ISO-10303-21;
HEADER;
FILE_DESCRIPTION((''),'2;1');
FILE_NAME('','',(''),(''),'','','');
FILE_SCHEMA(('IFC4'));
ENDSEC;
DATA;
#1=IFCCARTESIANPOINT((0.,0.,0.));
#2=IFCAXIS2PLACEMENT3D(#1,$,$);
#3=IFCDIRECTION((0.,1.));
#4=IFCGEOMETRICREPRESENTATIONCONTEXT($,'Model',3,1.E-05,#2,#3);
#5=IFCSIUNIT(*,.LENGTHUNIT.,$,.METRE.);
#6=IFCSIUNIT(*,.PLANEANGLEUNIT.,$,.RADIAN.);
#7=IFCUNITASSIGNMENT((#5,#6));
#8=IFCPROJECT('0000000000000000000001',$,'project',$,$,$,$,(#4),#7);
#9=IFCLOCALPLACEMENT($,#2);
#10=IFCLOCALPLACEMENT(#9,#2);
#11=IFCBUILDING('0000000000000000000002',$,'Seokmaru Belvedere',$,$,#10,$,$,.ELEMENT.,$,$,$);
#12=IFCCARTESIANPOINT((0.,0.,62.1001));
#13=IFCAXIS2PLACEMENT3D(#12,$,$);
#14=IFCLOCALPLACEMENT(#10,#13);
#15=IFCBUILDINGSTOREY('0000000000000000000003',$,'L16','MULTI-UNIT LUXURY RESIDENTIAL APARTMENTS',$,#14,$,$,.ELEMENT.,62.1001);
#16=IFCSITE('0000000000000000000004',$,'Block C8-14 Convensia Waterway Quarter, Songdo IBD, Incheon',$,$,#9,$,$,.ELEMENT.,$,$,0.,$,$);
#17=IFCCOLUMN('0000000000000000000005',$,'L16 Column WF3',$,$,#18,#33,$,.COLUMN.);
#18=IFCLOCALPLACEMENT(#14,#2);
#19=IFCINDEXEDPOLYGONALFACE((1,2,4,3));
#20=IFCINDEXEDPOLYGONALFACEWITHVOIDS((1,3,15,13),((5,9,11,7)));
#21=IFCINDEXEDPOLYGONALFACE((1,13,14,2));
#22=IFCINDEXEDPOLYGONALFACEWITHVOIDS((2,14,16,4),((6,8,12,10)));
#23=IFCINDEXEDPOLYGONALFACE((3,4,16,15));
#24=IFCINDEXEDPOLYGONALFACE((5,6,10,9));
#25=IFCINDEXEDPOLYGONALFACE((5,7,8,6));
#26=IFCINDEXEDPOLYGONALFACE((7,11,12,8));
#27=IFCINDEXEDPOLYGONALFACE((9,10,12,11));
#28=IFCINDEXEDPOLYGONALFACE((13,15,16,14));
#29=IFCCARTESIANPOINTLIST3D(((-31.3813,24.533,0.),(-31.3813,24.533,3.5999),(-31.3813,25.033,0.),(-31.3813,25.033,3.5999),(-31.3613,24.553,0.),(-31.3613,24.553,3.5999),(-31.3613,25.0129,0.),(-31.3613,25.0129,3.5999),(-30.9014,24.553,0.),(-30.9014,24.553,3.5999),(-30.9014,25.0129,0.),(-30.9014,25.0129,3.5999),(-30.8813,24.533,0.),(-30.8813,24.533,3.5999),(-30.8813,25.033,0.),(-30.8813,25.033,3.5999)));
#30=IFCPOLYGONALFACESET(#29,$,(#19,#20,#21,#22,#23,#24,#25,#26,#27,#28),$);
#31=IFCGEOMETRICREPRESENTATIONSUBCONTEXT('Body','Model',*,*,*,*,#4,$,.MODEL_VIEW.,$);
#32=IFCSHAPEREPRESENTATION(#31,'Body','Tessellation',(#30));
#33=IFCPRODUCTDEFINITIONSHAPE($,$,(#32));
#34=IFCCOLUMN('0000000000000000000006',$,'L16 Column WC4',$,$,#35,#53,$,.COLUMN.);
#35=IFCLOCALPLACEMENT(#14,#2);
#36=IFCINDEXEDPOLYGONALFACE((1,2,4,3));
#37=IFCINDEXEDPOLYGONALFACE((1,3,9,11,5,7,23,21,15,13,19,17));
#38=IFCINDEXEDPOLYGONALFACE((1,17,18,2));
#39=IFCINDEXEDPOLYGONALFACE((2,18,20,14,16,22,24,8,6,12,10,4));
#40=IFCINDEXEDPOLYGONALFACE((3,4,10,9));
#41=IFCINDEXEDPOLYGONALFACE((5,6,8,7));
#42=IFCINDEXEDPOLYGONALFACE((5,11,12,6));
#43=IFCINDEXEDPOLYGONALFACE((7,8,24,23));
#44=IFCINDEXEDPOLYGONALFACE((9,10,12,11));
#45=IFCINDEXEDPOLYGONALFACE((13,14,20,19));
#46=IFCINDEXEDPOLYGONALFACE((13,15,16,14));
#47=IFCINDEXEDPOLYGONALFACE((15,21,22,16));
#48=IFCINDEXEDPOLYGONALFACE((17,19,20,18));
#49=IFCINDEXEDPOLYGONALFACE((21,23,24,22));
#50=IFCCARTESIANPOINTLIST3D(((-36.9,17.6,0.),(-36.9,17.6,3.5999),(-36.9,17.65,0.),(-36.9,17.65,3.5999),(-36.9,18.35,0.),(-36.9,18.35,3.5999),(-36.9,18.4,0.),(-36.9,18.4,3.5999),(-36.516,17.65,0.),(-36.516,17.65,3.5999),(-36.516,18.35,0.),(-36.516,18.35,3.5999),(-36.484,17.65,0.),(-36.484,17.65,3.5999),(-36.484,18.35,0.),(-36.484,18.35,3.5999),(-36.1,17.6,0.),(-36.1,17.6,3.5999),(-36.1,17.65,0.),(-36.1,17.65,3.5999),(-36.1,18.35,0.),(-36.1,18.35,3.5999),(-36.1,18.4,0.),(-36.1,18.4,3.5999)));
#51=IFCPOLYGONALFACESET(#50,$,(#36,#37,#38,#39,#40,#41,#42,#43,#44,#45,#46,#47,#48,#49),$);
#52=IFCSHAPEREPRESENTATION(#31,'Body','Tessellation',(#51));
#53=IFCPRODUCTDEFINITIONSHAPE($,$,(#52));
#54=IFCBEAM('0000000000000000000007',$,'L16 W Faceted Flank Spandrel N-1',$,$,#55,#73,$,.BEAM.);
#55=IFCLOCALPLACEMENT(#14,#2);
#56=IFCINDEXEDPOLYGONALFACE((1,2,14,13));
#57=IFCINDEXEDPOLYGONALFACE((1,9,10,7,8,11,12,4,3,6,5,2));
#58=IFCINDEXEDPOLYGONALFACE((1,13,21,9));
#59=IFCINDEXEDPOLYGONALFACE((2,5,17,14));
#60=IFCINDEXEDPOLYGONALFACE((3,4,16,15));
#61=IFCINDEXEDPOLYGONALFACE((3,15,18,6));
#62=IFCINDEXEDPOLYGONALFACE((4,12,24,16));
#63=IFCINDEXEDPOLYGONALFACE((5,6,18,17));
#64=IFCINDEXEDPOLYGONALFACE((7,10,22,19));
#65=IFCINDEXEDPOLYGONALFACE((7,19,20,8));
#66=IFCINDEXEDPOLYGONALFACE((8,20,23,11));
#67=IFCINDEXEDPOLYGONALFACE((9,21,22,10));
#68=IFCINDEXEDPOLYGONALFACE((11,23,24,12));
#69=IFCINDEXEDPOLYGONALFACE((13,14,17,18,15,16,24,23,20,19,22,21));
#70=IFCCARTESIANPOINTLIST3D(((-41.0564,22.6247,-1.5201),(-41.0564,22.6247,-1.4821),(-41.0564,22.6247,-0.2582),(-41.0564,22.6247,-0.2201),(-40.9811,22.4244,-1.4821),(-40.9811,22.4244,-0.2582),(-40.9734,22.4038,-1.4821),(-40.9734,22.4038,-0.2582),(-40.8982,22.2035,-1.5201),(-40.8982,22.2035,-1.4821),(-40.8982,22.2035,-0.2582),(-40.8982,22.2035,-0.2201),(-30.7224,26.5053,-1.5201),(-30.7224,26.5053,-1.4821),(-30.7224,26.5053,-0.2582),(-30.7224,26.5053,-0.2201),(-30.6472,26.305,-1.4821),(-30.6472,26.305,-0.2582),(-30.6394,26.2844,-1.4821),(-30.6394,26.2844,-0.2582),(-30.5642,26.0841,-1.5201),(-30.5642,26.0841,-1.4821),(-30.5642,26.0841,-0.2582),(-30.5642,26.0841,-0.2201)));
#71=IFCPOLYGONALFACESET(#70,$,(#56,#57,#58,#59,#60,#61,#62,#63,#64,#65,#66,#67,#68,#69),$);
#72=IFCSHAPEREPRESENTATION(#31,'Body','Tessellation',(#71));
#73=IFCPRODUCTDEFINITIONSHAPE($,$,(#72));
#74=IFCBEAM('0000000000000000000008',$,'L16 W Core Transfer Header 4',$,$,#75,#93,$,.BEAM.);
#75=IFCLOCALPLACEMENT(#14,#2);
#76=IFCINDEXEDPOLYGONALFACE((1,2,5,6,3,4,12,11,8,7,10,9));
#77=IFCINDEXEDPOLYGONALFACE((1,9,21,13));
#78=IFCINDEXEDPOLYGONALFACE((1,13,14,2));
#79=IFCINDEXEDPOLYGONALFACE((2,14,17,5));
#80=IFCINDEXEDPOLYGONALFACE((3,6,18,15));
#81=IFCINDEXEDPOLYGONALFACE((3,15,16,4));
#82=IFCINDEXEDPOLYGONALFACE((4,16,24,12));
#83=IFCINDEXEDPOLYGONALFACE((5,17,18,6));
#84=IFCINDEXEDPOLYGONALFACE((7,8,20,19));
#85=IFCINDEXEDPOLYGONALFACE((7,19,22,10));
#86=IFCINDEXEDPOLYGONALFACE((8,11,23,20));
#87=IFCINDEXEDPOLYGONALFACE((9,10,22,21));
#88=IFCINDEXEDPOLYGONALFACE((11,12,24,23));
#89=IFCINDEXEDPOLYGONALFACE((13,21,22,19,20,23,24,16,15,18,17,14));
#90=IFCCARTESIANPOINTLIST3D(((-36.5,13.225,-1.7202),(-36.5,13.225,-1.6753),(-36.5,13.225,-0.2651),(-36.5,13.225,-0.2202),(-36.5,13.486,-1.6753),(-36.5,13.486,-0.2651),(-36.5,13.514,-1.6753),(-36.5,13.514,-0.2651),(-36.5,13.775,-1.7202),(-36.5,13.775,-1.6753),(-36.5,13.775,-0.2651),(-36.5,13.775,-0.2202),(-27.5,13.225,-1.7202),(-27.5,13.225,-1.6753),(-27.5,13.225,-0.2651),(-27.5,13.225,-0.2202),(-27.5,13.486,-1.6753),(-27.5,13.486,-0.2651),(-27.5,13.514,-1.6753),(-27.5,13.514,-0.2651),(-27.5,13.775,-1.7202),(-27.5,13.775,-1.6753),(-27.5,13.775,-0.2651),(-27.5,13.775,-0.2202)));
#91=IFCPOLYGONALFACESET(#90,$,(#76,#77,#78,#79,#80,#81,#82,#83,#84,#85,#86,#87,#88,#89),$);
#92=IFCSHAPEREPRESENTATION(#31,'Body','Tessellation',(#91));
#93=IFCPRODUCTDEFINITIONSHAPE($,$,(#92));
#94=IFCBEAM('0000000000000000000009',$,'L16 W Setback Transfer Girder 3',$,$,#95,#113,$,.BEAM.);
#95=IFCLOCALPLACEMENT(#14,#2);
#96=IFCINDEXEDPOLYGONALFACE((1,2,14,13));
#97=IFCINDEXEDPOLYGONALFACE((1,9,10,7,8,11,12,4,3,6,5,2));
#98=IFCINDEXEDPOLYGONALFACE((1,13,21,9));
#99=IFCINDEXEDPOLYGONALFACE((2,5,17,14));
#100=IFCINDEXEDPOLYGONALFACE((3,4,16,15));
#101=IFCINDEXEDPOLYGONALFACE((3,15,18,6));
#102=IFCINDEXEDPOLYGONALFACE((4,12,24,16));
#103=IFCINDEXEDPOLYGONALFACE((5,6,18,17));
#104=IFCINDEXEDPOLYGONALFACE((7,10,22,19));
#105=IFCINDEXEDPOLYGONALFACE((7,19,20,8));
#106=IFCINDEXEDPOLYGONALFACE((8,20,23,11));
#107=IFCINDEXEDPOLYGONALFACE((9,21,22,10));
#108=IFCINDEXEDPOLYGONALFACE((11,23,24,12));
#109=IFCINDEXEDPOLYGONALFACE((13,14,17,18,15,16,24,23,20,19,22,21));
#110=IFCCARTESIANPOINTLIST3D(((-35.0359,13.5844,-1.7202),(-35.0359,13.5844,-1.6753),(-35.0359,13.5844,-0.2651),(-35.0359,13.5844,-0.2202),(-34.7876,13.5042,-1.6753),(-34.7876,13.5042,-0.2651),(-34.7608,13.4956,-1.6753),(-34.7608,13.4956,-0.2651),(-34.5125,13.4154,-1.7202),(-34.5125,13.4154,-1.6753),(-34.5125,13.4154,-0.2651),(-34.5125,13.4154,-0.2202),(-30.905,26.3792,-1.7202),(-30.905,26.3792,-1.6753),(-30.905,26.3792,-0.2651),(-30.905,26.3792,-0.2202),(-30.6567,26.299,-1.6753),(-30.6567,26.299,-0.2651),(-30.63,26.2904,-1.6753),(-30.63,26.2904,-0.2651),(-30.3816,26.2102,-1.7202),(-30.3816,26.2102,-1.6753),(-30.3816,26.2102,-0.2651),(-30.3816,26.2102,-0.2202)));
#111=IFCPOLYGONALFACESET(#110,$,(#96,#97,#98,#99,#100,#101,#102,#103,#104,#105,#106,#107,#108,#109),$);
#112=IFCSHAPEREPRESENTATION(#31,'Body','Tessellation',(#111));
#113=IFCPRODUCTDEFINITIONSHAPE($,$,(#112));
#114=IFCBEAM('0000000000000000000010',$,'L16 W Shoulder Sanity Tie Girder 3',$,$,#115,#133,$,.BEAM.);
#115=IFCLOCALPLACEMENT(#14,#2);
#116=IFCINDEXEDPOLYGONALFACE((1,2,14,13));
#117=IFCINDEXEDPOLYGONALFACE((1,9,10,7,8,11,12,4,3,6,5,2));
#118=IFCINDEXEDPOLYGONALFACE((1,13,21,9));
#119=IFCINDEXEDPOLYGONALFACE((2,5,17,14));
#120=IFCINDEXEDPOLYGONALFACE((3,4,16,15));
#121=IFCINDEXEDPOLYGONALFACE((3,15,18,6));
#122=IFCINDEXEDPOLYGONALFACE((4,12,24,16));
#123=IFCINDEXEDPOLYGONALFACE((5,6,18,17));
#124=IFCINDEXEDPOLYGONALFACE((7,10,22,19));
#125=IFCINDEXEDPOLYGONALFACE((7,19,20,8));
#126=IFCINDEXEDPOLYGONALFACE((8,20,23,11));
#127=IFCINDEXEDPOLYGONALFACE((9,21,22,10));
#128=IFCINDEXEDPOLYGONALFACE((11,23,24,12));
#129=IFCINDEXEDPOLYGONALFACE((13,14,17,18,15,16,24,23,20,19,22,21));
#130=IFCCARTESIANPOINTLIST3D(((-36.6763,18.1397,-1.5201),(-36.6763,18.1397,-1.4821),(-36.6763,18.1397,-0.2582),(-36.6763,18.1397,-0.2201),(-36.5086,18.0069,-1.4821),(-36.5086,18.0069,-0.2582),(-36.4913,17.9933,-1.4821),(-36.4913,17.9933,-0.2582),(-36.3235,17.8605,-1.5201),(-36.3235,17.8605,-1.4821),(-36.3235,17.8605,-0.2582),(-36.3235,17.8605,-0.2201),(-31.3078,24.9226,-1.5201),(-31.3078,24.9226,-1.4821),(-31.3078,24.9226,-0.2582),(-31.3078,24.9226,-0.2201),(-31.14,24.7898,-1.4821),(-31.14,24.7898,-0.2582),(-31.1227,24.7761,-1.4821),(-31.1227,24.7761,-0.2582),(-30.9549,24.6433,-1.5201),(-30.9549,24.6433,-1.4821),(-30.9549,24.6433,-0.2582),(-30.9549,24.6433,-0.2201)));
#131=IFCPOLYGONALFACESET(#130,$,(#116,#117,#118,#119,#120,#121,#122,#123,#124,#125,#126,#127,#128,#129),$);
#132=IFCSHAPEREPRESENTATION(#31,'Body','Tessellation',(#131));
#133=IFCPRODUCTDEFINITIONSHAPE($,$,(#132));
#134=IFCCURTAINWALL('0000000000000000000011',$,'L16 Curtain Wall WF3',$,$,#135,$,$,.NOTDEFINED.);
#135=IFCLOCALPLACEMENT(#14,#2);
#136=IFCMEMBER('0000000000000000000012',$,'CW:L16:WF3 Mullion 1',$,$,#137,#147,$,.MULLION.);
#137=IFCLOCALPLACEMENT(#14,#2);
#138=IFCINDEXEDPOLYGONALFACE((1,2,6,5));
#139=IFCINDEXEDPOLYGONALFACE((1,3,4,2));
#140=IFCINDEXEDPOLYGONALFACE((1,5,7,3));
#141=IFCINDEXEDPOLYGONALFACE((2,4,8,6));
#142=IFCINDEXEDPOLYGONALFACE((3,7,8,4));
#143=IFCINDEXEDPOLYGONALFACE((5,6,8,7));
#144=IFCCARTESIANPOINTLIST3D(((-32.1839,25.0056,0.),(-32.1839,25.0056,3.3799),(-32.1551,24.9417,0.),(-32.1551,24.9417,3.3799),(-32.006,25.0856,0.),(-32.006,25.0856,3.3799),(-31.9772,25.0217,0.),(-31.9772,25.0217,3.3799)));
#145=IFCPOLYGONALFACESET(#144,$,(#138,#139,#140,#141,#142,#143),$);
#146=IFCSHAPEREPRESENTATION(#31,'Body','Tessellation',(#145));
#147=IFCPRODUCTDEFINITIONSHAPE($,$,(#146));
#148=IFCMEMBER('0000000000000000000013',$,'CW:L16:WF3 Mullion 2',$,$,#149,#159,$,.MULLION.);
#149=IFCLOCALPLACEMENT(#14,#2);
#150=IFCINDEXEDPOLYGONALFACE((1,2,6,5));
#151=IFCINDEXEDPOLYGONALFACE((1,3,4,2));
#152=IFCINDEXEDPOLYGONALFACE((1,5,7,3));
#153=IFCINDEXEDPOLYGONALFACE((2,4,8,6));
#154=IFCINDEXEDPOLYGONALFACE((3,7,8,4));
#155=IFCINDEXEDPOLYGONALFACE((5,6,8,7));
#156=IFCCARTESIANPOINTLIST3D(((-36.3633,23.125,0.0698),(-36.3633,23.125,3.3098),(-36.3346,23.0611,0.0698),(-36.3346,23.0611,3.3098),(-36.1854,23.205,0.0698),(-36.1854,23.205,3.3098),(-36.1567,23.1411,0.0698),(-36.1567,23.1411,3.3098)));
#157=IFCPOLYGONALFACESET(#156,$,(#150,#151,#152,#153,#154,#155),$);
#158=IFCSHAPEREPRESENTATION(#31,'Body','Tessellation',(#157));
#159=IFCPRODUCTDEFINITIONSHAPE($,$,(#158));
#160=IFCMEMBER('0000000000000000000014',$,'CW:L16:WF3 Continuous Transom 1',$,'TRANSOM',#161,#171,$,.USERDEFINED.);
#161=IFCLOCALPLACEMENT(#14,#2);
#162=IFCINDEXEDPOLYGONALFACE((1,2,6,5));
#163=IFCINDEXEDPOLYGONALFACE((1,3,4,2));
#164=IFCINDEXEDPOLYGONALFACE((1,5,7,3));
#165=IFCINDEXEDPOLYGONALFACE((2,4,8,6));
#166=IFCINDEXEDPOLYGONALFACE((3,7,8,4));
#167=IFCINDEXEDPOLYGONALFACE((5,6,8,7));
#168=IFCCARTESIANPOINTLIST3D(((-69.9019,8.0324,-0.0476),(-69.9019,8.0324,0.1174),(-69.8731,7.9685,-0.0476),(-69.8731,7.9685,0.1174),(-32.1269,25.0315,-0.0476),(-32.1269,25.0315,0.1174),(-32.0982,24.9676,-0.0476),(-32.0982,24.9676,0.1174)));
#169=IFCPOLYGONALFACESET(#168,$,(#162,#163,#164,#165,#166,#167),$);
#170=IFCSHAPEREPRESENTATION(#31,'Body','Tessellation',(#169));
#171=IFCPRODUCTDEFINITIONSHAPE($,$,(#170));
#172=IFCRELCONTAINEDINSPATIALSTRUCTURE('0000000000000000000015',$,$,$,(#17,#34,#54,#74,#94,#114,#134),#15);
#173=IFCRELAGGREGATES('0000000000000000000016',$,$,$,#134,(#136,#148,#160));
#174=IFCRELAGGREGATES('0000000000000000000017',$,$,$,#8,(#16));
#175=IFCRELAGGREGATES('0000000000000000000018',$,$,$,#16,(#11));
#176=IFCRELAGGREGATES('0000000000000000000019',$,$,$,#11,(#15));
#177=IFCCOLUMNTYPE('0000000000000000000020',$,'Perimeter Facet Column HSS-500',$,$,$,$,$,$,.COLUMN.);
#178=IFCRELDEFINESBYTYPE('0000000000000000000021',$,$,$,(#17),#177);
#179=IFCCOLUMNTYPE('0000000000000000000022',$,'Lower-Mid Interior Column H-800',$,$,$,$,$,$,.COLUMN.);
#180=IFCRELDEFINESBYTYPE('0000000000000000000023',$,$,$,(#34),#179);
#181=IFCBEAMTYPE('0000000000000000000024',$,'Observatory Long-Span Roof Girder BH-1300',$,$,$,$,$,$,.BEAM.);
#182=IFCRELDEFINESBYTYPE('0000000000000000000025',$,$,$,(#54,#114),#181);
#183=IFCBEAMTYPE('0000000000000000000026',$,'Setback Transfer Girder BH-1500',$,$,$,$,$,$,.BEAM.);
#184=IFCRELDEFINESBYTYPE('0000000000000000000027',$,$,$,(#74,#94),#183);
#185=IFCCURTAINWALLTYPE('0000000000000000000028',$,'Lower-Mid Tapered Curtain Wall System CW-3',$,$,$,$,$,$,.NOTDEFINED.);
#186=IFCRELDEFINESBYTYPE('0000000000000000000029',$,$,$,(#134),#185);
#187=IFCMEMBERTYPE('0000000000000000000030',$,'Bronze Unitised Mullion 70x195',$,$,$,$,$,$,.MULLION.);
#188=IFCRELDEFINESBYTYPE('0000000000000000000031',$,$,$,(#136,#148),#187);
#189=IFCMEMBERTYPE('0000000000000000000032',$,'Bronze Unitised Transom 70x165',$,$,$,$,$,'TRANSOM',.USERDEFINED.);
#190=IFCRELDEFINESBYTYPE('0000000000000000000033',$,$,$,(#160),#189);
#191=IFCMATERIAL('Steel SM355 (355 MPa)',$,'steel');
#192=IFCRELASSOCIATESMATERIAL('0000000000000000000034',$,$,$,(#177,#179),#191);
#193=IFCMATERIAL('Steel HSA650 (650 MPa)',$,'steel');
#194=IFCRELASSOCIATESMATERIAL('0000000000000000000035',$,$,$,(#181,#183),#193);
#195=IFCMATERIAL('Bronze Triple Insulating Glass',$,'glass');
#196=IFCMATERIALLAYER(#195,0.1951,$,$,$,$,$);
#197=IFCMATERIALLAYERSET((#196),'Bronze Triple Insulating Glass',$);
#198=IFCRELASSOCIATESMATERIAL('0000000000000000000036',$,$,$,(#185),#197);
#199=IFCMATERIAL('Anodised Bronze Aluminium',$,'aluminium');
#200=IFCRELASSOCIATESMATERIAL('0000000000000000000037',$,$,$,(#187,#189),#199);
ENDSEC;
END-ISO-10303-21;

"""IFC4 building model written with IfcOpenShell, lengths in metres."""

from ifc_helpers import new_model, si_unit, direction, frame, origin, origin_2d, place, context, subcontext, project, spatial, rectangle, hollow_rectangle, i_section, extrude, source, transform, mapped, material, layer, layer_set, material_profile, profile_set, type_object, type_shapes, element, aggregate, save


model = new_model("IFC4")

# Units and contexts
model_context = context("Model", 3, precision=1e-05, world=origin(), true_north=direction((0.0, 1.0)))
body_context = subcontext(model_context, "Body", "Model", "MODEL_VIEW")
ifc_project = project(units=[si_unit("LENGTHUNIT", "METRE"), si_unit("PLANEANGLEUNIT", "RADIAN")], contexts=[model_context])

# Site, building, storey
site_placement = place(None, origin())
site = spatial("IfcSite", under=ifc_project, at=site_placement, Name="Block C8-14 Convensia Waterway Quarter, Songdo IBD, Incheon", CompositionType="ELEMENT", RefElevation=0.0)
building_placement = place(site_placement, origin())
building = spatial("IfcBuilding", under=site, at=building_placement, Name="Seokmaru Belvedere", CompositionType="ELEMENT")
storey_placement = place(building_placement, frame((0.0, 0.0, 62.1001)))
storey = spatial("IfcBuildingStorey", under=building, at=storey_placement, Name="L16", Description="MULTI-UNIT LUXURY RESIDENTIAL APARTMENTS", CompositionType="ELEMENT", Elevation=62.1001)

# Columns
ifc_material_1 = material(Name="Steel SM355 (355 MPa)", Category="steel")
ifc_material_profile_1 = material_profile(ifc_material_1, hollow_rectangle(XDim=0.5, YDim=0.5, WallThickness=0.02, at=origin_2d()), Name="HSS-500x500x20")
ifc_profile_set_1 = profile_set([ifc_material_profile_1], Name="Steel SM355 (355 MPa)")
column_type_1 = type_object("IfcColumnType", Name="Perimeter Facet Column HSS-500", PredefinedType="COLUMN", material=ifc_profile_set_1)
shared_shape_1 = source(origin(), body_context, "Body", "SweptSolid", [
    extrude(hollow_rectangle(XDim=0.5, YDim=0.5, WallThickness=0.02, at=origin_2d()), origin(), (0.0, 0.0, 1.0), 3.5999),
])
type_shapes(column_type_1, [shared_shape_1])
column_1_placement = place(storey_placement, frame((-31.1313, 24.783, 0.0), z_axis=(0.0, 0.0, 1.0), x_axis=(1.0, 0.0, 0.0)))
element("IfcColumn", 1, at=column_1_placement, inside=storey, type_object=column_type_1, Name="L16 Column WF3", PredefinedType="COLUMN", context=body_context, shape_type="MappedRepresentation", body=[
    mapped(shared_shape_1, transform((0.0, 0.0, 0.0), scale=1.0)),
])
ifc_material_profile_2 = material_profile(ifc_material_1, i_section(OverallWidth=0.8, OverallDepth=0.8, WebThickness=0.032, FlangeThickness=0.05, at=origin_2d()), Name="H-800x800x32x50")
ifc_profile_set_2 = profile_set([ifc_material_profile_2], Name="Steel SM355 (355 MPa)")
column_type_2 = type_object("IfcColumnType", Name="Lower-Mid Interior Column H-800", PredefinedType="COLUMN", material=ifc_profile_set_2)
shared_shape_2 = source(origin(), body_context, "Body", "SweptSolid", [
    extrude(i_section(OverallWidth=0.8, OverallDepth=0.8, WebThickness=0.032, FlangeThickness=0.05, at=origin_2d()), origin(), (0.0, 0.0, 1.0), 3.5999),
])
type_shapes(column_type_2, [shared_shape_2])
column_2_placement = place(storey_placement, frame((-36.5, 18.0, 0.0), z_axis=(0.0, 0.0, 1.0), x_axis=(1.0, 0.0, 0.0)))
element("IfcColumn", 2, at=column_2_placement, inside=storey, type_object=column_type_2, Name="L16 Column WC4", PredefinedType="COLUMN", context=body_context, shape_type="MappedRepresentation", body=[
    mapped(shared_shape_2, transform((0.0, 0.0, 0.0), scale=1.0)),
])

# Beams
ifc_material_2 = material(Name="Steel HSA650 (650 MPa)", Category="steel")
ifc_material_profile_3 = material_profile(ifc_material_2, i_section(OverallWidth=0.45, OverallDepth=1.3, WebThickness=0.022, FlangeThickness=0.0381, at=origin_2d()), Name="BH-1300x450x22x38")
ifc_profile_set_3 = profile_set([ifc_material_profile_3], Name="Steel HSA650 (650 MPa)")
beam_type_1 = type_object("IfcBeamType", Name="Observatory Long-Span Roof Girder BH-1300", PredefinedType="BEAM", material=ifc_profile_set_3)
shared_shape_3 = source(origin(), body_context, "Body", "SweptSolid", [
    extrude(i_section(OverallWidth=0.45, OverallDepth=1.3, WebThickness=0.022, FlangeThickness=0.0381, at=origin_2d()), origin(), (0.0, 0.0, 1.0), 11.0386),
])
beam_1_placement = place(storey_placement, frame((-30.6433, 26.2947, -0.8701), z_axis=(-0.936169, -0.35155, 0.0), x_axis=(0.35155, -0.936169, 0.0)))
element("IfcBeam", 3, at=beam_1_placement, inside=storey, type_object=beam_type_1, Name="L16 W Faceted Flank Spandrel N-1", PredefinedType="BEAM", context=body_context, shape_type="MappedRepresentation", body=[
    mapped(shared_shape_3, transform((0.0, 0.0, 0.0), scale=1.0)),
])
ifc_material_profile_4 = material_profile(ifc_material_2, i_section(OverallWidth=0.55, OverallDepth=1.5, WebThickness=0.0281, FlangeThickness=0.0449, at=origin_2d()), Name="BH-1500x550x28x45")
ifc_profile_set_4 = profile_set([ifc_material_profile_4], Name="Steel HSA650 (650 MPa)")
beam_type_2 = type_object("IfcBeamType", Name="Setback Transfer Girder BH-1500", PredefinedType="BEAM", material=ifc_profile_set_4)
shared_shape_4 = source(origin(), body_context, "Body", "SweptSolid", [
    extrude(i_section(OverallWidth=0.55, OverallDepth=1.5, WebThickness=0.0281, FlangeThickness=0.0449, at=origin_2d()), origin(), (0.0, 0.0, 1.0), 9.0),
])
beam_2_placement = place(storey_placement, frame((-36.5, 13.5, -0.9702), z_axis=(1.0, 0.0, 0.0), x_axis=(0.0, 1.0, 0.0)))
element("IfcBeam", 4, at=beam_2_placement, inside=storey, type_object=beam_type_2, Name="L16 W Core Transfer Header 4", PredefinedType="BEAM", context=body_context, shape_type="MappedRepresentation", body=[
    mapped(shared_shape_4, transform((0.0, 0.0, 0.0), scale=1.0)),
])
shared_shape_5 = source(origin(), body_context, "Body", "SweptSolid", [
    extrude(i_section(OverallWidth=0.55, OverallDepth=1.5, WebThickness=0.0281, FlangeThickness=0.0449, at=origin_2d()), origin(), (0.0, 0.0, 1.0), 13.4451),
])
type_shapes(beam_type_2, [shared_shape_4, shared_shape_5])
beam_3_placement = place(storey_placement, frame((-30.6433, 26.2947, -0.9702), z_axis=(-0.307242, -0.951632, 0.0), x_axis=(0.951632, -0.307242, 0.0)))
element("IfcBeam", 5, at=beam_3_placement, inside=storey, type_object=beam_type_2, Name="L16 W Setback Transfer Girder 3", PredefinedType="BEAM", context=body_context, shape_type="MappedRepresentation", body=[
    mapped(shared_shape_5, transform((0.0, 0.0, 0.0), scale=1.0)),
])
shared_shape_6 = source(origin(), body_context, "Body", "SweptSolid", [
    extrude(i_section(OverallWidth=0.45, OverallDepth=1.3, WebThickness=0.022, FlangeThickness=0.0381, at=origin_2d()), origin(), (0.0, 0.0, 1.0), 8.6504),
])
type_shapes(beam_type_1, [shared_shape_3, shared_shape_6])
beam_4_placement = place(storey_placement, frame((-31.1313, 24.783, -0.8701), z_axis=(-0.620618, -0.784113, 0.0), x_axis=(0.784113, -0.620618, 0.0)))
element("IfcBeam", 6, at=beam_4_placement, inside=storey, type_object=beam_type_1, Name="L16 W Shoulder Sanity Tie Girder 3", PredefinedType="BEAM", context=body_context, shape_type="MappedRepresentation", body=[
    mapped(shared_shape_6, transform((0.0, 0.0, 0.0), scale=1.0)),
])

# Curtain wall, members
ifc_material_3 = material(Name="Bronze Triple Insulating Glass", Category="glass")
ifc_layer_1 = layer(ifc_material_3, 0.1951)
ifc_layer_set_1 = layer_set([ifc_layer_1], Name="Bronze Triple Insulating Glass")
curtain_wall_type = type_object("IfcCurtainWallType", Name="Lower-Mid Tapered Curtain Wall System CW-3", PredefinedType="NOTDEFINED", material=ifc_layer_set_1)
curtain_wall_placement = place(storey_placement, origin())
curtain_wall = element("IfcCurtainWall", 7, at=curtain_wall_placement, inside=storey, type_object=curtain_wall_type, Name="L16 Curtain Wall WF3", PredefinedType="NOTDEFINED")
ifc_material_4 = material(Name="Anodised Bronze Aluminium", Category="aluminium")
ifc_material_profile_5 = material_profile(ifc_material_4, rectangle(XDim=0.0701, YDim=0.1951, at=origin_2d()), Name="CW-M-70x195")
ifc_profile_set_5 = profile_set([ifc_material_profile_5], Name="Anodised Bronze Aluminium")
member_type_1 = type_object("IfcMemberType", Name="Bronze Unitised Mullion 70x195", PredefinedType="MULLION", material=ifc_profile_set_5)
shared_shape_7 = source(origin(), body_context, "Body", "SweptSolid", [
    extrude(rectangle(XDim=0.0701, YDim=0.1951, at=origin_2d()), origin(), (0.0, 0.0, 1.0), 3.3799),
])
member_1_placement = place(storey_placement, frame((-32.0806, 25.0137, 0.0), z_axis=(0.0, 0.0, 1.0), x_axis=(0.410366, -0.911921, 0.0)))
member_1 = element("IfcMember", 8, at=member_1_placement, type_object=member_type_1, Name="CW:L16:WF3 Mullion 1", PredefinedType="MULLION", context=body_context, shape_type="MappedRepresentation", body=[
    mapped(shared_shape_7, transform((0.0, 0.0, 0.0), scale=1.0)),
])
shared_shape_8 = source(origin(), body_context, "Body", "SweptSolid", [
    extrude(rectangle(XDim=0.0701, YDim=0.1951, at=origin_2d()), origin(), (0.0, 0.0, 1.0), 3.24),
])
type_shapes(member_type_1, [shared_shape_7, shared_shape_8])
member_2_placement = place(storey_placement, frame((-36.26, 23.1331, 0.0698), z_axis=(0.0, 0.0, 1.0), x_axis=(0.410366, -0.911921, 0.0)))
member_2 = element("IfcMember", 9, at=member_2_placement, type_object=member_type_1, Name="CW:L16:WF3 Mullion 2", PredefinedType="MULLION", context=body_context, shape_type="MappedRepresentation", body=[
    mapped(shared_shape_8, transform((0.0, 0.0, 0.0), scale=1.0)),
])
ifc_material_profile_6 = material_profile(ifc_material_4, rectangle(XDim=0.0701, YDim=0.165, at=origin_2d()), Name="CW-T-70x165")
ifc_profile_set_6 = profile_set([ifc_material_profile_6], Name="Anodised Bronze Aluminium")
member_type_2 = type_object("IfcMemberType", Name="Bronze Unitised Transom 70x165", ElementType="TRANSOM", PredefinedType="USERDEFINED", material=ifc_profile_set_6)
shared_shape_9 = source(origin(), body_context, "Body", "SweptSolid", [
    extrude(rectangle(XDim=0.0701, YDim=0.165, at=origin_2d()), origin(), (0.0, 0.0, 1.0), 41.4236),
])
type_shapes(member_type_2, [shared_shape_9])
member_3_placement = place(storey_placement, frame((-32.1125, 24.9995, 0.0349), z_axis=(-0.911919, -0.410371, 0.0), x_axis=(0.410371, -0.911919, 0.0)))
member_3 = element("IfcMember", 10, at=member_3_placement, type_object=member_type_2, Name="CW:L16:WF3 Continuous Transom 1", ObjectType="TRANSOM", PredefinedType="USERDEFINED", context=body_context, shape_type="MappedRepresentation", body=[
    mapped(shared_shape_9, transform((0.0, 0.0, 0.0), scale=1.0)),
])
aggregate(curtain_wall, [member_1, member_2, member_3])

save(model, "model.ifc")
